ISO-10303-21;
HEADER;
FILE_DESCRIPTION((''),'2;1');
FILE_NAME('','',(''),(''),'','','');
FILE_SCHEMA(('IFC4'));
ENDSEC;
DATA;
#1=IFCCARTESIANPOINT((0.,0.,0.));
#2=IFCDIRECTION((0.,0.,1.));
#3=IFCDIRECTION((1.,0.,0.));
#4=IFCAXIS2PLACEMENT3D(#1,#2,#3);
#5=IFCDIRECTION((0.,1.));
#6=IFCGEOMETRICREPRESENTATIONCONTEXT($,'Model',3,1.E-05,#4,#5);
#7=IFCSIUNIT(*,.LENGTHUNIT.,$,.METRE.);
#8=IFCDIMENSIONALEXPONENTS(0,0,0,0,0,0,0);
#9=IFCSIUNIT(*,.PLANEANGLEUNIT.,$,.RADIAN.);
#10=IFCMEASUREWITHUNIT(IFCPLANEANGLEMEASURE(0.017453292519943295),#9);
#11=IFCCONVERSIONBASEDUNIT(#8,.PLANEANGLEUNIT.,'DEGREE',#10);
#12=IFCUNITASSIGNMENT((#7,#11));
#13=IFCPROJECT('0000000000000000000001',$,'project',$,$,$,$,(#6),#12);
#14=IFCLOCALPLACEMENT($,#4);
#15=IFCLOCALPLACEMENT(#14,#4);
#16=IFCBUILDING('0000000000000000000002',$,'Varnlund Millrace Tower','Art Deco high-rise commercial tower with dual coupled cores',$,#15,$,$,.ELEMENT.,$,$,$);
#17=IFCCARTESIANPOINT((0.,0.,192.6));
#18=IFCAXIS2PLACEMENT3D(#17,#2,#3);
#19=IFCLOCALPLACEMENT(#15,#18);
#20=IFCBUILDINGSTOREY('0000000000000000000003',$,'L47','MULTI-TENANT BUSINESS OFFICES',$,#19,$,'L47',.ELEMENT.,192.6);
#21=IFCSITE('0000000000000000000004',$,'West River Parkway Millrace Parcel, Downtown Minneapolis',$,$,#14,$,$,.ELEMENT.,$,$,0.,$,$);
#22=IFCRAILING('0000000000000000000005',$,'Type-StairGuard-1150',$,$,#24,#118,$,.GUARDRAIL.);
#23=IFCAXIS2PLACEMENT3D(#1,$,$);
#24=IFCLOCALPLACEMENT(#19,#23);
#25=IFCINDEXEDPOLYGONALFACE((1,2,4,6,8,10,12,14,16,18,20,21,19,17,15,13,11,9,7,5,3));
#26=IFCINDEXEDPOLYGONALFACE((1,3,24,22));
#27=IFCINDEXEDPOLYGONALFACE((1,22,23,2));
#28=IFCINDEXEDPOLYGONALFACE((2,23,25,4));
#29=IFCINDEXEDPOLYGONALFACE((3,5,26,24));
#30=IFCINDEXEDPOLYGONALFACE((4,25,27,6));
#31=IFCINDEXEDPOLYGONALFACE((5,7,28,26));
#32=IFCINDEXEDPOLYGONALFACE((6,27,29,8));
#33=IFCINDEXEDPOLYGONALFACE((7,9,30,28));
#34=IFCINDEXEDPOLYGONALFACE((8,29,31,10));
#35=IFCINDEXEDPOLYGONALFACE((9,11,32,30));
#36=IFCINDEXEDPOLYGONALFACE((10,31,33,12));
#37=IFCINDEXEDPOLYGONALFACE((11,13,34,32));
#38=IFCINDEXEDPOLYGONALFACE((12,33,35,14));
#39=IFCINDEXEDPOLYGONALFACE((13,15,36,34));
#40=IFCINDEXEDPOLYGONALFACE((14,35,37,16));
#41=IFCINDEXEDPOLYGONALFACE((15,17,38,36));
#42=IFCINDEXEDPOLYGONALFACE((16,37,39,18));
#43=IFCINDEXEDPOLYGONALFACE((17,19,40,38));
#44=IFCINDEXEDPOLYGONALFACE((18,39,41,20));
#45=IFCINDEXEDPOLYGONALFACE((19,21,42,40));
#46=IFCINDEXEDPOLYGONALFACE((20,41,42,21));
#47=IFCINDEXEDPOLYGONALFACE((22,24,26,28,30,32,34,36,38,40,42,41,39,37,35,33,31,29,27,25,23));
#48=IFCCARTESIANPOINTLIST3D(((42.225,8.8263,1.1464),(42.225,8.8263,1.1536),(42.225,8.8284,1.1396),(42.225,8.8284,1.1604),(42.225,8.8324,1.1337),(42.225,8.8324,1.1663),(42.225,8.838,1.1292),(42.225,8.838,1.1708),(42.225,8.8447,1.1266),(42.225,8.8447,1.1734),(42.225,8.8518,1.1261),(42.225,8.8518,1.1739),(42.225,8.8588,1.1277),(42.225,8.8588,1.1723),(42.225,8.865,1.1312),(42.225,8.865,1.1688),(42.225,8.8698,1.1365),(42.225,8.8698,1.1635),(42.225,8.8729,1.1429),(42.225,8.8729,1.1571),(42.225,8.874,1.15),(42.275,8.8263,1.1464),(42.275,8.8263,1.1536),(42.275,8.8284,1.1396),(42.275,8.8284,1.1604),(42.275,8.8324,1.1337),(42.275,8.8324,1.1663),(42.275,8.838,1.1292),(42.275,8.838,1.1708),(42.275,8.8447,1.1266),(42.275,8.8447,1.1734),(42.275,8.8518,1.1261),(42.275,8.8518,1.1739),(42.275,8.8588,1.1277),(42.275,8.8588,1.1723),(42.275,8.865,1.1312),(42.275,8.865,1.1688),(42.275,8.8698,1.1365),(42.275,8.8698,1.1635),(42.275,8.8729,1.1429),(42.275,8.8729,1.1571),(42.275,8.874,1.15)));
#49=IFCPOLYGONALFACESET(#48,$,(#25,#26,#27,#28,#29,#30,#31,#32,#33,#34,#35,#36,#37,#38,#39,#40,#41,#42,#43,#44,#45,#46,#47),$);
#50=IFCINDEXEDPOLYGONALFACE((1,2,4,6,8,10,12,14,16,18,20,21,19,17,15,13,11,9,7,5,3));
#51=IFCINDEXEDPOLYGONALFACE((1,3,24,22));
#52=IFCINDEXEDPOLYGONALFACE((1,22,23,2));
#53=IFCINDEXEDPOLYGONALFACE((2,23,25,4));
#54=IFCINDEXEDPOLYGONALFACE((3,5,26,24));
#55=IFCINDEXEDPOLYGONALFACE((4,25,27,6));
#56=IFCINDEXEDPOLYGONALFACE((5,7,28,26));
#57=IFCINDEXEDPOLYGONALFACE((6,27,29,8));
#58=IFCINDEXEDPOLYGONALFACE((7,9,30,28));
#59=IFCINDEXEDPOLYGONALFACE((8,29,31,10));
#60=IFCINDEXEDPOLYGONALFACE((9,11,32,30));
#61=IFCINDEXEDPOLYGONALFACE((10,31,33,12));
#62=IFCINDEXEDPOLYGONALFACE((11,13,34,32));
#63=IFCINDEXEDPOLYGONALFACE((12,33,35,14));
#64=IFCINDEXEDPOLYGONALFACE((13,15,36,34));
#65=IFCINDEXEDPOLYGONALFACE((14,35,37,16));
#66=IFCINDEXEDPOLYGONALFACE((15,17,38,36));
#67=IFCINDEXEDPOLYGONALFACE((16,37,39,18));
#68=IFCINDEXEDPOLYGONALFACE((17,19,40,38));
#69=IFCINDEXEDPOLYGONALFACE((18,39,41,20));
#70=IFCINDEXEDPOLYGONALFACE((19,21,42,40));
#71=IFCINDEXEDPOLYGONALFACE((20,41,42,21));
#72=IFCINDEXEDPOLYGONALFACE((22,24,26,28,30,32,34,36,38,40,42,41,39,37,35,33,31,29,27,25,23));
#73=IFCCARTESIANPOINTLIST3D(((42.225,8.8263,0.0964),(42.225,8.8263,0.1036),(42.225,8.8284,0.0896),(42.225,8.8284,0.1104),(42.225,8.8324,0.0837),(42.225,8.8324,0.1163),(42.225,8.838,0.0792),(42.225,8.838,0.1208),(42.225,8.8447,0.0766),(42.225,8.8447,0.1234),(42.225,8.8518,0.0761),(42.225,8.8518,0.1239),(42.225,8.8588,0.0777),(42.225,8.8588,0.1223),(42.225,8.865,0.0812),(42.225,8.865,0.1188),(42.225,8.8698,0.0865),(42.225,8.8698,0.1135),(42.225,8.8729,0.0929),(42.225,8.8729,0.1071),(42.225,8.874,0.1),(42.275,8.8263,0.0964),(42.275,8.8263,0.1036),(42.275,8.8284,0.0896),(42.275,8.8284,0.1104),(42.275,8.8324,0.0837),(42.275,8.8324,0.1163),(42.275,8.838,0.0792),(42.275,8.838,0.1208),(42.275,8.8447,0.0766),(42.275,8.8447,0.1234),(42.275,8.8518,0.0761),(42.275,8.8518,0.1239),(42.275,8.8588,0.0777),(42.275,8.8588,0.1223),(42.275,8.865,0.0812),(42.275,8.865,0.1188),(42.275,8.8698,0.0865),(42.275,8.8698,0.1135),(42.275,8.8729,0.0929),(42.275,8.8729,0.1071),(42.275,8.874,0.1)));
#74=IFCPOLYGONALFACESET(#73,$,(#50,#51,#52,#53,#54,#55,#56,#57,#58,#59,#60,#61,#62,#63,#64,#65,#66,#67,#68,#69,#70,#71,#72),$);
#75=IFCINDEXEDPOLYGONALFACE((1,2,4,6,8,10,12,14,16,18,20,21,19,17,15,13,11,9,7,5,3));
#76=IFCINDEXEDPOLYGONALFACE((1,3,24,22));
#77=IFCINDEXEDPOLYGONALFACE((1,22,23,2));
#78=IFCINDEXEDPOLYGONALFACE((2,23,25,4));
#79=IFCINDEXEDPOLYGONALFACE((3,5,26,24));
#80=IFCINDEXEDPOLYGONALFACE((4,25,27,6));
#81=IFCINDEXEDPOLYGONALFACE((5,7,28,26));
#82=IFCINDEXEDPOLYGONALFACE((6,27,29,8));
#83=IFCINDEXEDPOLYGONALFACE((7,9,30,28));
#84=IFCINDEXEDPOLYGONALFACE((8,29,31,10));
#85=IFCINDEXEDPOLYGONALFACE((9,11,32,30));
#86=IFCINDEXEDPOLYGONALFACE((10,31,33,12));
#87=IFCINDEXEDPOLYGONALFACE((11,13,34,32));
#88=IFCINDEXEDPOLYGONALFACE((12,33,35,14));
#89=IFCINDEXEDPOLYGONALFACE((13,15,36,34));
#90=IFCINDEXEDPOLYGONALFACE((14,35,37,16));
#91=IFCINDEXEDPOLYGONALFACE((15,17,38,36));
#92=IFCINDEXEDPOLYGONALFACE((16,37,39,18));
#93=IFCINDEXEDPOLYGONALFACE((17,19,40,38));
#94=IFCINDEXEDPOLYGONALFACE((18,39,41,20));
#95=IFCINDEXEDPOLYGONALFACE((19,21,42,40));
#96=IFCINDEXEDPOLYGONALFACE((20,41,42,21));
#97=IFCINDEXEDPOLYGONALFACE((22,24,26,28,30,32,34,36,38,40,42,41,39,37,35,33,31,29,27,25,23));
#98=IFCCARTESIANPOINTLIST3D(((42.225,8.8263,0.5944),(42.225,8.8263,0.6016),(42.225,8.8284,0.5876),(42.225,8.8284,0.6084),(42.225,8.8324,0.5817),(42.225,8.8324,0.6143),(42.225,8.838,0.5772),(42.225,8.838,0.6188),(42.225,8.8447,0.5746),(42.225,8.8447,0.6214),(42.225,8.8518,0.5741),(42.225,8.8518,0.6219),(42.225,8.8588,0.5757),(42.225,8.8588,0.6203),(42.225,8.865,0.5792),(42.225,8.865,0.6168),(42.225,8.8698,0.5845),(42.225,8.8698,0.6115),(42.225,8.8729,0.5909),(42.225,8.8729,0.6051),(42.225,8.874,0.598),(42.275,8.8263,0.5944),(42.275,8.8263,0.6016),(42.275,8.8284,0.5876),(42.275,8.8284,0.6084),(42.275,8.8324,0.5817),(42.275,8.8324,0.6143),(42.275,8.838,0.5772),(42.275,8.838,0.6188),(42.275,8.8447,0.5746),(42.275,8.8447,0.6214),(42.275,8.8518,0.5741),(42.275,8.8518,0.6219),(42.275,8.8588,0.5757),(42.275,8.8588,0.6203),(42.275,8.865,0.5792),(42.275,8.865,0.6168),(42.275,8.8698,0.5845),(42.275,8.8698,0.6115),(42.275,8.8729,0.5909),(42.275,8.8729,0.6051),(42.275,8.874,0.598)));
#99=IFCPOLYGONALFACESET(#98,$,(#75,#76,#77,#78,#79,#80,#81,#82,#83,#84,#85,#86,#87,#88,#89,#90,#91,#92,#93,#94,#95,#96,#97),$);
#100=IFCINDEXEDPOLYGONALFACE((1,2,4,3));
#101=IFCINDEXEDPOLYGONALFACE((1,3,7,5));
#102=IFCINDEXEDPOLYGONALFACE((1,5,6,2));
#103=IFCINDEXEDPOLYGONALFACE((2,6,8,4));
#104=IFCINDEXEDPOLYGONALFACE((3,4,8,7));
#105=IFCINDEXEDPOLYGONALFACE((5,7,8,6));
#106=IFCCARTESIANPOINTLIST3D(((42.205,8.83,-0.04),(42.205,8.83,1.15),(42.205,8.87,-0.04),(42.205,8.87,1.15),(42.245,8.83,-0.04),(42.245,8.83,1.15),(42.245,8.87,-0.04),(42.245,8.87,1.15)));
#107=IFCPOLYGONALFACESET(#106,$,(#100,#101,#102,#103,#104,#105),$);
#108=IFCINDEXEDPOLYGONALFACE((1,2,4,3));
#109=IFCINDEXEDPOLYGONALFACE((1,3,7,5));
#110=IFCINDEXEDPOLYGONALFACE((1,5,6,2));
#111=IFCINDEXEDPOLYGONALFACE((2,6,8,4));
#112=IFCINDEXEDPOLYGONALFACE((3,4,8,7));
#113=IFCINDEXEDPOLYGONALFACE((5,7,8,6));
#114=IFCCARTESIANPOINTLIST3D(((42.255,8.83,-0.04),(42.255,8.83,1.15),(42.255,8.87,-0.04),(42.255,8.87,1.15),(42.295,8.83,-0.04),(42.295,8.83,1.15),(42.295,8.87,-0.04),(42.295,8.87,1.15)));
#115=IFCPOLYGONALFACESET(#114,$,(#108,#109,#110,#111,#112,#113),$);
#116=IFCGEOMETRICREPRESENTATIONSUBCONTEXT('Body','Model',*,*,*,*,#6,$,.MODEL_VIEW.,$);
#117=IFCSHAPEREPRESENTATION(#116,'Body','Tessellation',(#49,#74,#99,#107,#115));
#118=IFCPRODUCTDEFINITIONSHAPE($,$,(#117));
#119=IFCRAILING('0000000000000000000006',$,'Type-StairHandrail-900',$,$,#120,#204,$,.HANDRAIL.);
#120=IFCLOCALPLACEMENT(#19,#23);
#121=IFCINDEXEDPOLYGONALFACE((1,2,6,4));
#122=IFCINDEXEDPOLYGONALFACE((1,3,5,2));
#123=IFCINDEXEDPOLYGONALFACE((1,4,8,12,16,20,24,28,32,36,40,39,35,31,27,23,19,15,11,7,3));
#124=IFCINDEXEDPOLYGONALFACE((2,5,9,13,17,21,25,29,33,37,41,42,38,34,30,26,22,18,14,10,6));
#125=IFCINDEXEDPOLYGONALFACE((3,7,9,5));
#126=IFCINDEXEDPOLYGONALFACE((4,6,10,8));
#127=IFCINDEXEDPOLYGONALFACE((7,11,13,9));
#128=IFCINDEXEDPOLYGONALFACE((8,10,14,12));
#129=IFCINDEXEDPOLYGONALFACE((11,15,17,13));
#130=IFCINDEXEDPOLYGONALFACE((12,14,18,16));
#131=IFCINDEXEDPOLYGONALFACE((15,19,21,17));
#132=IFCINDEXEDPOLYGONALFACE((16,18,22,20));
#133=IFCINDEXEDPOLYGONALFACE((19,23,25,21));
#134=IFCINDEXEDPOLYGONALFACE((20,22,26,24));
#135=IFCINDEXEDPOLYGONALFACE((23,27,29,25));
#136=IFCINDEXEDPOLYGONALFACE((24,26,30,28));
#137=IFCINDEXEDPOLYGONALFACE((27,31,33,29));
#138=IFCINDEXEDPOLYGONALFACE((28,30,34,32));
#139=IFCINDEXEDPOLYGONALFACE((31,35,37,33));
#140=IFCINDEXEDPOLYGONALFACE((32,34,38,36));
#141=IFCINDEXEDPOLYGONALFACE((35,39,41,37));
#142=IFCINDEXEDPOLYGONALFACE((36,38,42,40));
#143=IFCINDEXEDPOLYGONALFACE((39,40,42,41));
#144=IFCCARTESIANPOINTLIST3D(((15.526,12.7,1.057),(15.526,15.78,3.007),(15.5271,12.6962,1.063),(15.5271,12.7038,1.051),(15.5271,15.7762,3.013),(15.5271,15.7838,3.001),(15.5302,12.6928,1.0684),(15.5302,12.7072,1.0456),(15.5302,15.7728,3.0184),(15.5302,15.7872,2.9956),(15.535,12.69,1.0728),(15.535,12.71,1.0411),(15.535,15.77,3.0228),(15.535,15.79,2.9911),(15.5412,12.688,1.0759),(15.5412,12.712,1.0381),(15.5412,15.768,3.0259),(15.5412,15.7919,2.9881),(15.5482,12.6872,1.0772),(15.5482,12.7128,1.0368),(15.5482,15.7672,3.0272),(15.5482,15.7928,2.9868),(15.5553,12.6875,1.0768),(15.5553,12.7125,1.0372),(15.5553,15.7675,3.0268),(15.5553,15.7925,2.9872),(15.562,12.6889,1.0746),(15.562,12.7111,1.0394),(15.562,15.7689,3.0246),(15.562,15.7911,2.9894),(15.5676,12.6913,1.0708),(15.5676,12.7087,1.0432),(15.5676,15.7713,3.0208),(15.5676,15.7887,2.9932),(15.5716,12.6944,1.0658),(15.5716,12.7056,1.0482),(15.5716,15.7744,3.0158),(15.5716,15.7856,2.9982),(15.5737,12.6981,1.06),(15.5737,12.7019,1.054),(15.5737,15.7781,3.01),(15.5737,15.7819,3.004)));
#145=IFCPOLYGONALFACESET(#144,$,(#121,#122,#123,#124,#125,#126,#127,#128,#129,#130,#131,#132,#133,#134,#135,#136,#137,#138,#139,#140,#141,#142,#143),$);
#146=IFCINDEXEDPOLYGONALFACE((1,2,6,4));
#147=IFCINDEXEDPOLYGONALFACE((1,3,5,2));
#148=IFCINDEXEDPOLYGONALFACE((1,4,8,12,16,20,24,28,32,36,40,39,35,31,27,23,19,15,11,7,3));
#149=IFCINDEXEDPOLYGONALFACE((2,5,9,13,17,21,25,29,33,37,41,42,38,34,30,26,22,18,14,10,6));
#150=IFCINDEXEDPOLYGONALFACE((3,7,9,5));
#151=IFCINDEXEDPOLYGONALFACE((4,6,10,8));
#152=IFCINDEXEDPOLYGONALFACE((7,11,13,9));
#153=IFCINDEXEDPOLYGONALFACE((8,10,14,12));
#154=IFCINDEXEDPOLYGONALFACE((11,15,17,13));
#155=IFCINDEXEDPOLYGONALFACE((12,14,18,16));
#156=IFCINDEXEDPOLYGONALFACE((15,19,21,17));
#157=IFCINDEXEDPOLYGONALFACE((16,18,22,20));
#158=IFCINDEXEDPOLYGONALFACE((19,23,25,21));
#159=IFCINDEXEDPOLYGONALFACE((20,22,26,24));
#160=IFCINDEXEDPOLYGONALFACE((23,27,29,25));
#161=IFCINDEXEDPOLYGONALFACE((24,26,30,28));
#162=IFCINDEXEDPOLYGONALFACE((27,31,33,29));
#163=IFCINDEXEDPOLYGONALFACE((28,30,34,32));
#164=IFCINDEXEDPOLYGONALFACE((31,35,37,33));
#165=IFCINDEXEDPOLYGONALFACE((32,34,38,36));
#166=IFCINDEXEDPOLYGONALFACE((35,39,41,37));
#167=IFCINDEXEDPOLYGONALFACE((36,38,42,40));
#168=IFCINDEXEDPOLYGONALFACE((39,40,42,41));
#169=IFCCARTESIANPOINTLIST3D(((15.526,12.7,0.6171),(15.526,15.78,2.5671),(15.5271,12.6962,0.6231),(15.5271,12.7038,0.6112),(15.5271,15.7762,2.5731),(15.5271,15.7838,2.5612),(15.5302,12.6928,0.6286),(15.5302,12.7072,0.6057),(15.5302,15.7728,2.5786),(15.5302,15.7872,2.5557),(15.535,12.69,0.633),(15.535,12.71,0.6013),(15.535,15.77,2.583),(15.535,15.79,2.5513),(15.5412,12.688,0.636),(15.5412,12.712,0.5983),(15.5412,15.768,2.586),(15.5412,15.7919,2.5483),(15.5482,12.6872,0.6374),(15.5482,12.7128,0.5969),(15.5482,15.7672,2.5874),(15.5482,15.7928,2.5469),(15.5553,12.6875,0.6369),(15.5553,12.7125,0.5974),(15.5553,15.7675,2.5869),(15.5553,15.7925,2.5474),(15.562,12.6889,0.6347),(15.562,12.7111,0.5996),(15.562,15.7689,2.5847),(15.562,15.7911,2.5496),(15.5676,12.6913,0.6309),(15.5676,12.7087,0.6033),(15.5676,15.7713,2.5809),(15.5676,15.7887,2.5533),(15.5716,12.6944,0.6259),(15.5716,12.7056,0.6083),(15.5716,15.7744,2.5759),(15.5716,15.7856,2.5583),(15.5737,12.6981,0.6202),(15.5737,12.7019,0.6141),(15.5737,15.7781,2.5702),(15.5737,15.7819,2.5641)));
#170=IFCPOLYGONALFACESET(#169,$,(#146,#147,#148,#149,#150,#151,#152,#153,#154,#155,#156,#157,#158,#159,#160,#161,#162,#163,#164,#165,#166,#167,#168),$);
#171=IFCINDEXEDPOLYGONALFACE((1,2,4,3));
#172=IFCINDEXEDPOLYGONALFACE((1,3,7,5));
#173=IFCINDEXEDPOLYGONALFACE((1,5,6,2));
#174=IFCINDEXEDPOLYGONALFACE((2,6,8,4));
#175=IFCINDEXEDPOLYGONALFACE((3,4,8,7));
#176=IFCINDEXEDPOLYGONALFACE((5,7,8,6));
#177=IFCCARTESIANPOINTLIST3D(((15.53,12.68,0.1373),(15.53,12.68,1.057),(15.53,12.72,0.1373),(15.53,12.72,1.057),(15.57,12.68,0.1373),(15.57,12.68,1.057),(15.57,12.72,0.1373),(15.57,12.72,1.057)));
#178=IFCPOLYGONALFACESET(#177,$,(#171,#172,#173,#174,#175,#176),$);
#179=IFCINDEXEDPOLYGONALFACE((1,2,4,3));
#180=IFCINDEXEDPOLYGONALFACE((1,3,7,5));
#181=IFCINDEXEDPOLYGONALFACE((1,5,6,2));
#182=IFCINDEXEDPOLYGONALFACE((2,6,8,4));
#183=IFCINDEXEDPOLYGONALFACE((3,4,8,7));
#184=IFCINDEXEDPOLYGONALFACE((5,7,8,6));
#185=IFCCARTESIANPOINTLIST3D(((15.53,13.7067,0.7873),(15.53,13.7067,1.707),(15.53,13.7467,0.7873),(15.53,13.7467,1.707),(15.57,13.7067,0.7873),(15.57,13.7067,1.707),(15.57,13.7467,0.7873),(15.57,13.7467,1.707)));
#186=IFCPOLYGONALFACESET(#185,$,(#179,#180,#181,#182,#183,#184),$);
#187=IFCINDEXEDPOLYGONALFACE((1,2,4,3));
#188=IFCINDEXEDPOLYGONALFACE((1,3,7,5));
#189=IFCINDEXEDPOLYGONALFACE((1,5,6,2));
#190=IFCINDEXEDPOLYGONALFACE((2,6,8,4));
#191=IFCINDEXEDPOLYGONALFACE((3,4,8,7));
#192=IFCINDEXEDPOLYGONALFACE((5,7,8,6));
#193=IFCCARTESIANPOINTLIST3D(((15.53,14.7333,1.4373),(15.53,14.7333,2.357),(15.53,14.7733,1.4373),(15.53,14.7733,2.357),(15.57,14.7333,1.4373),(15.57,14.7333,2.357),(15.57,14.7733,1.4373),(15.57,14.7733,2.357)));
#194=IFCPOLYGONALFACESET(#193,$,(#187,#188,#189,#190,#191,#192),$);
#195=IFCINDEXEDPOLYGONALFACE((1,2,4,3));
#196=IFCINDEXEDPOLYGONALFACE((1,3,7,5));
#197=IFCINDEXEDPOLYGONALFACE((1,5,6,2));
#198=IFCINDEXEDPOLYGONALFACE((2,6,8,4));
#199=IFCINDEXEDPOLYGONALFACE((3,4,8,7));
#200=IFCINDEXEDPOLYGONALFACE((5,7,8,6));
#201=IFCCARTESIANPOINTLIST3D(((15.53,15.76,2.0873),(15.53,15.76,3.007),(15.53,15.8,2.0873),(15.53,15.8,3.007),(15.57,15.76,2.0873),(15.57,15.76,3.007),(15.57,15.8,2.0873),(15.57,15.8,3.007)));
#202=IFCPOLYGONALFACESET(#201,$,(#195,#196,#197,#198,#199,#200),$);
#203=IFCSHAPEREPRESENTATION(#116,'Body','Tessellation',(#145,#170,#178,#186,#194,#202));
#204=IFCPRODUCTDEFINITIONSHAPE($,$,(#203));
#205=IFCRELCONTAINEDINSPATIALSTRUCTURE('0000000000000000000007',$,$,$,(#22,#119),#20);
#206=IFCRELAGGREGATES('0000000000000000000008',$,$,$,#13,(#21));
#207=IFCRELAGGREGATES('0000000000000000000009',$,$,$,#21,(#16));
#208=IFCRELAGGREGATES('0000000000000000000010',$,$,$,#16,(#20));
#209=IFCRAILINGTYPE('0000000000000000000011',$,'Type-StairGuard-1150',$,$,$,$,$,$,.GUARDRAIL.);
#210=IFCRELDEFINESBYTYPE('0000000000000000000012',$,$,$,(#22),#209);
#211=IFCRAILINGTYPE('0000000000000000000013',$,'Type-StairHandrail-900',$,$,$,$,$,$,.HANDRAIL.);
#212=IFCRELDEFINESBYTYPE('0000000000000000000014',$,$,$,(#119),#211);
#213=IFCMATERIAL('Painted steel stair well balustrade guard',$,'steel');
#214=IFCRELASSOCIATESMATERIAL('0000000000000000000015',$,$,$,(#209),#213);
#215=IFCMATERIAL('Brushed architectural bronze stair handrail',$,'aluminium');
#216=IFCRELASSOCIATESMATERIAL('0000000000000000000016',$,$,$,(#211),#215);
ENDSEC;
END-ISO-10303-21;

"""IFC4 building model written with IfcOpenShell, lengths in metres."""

from ifc_helpers import new_model, entity, si_unit, converted_unit, direction, frame, origin_with_axes, origin_2d_with_axis, place, context, subcontext, project, spatial, rectangle, circle, extrude, material, type_object, element, save


model = new_model("IFC4")

# Units and contexts
model_context = context("Model", 3, precision=1e-05, world=origin_with_axes(), true_north=direction((0.0, 1.0)))
body_context = subcontext(model_context, "Body", "Model", "MODEL_VIEW")
ifc_project = project(units=[si_unit("LENGTHUNIT", "METRE"), converted_unit("PLANEANGLEUNIT", "DEGREE", entity("IfcPlaneAngleMeasure", 0.017453292519943295), si_unit("PLANEANGLEUNIT", "RADIAN"), dimensions=[0, 0, 0, 0, 0, 0, 0])], contexts=[model_context])

# Site, building, storey
site_placement = place(None, origin_with_axes())
site = spatial("IfcSite", under=ifc_project, at=site_placement, Name="West River Parkway Millrace Parcel, Downtown Minneapolis", CompositionType="ELEMENT", RefElevation=0.0)
building_placement = place(site_placement, origin_with_axes())
building = spatial("IfcBuilding", under=site, at=building_placement, Name="Varnlund Millrace Tower", Description="Art Deco high-rise commercial tower with dual coupled cores", CompositionType="ELEMENT")
storey_placement = place(building_placement, frame((0.0, 0.0, 192.6), z_axis=(0.0, 0.0, 1.0), x_axis=(1.0, 0.0, 0.0)))
storey = spatial("IfcBuildingStorey", under=building, at=storey_placement, Name="L47", Description="MULTI-TENANT BUSINESS OFFICES", LongName="L47", CompositionType="ELEMENT", Elevation=192.6)

# Railings
ifc_material_1 = material(Name="Painted steel stair well balustrade guard", Category="steel")
railing_type_1 = type_object("IfcRailingType", Name="Type-StairGuard-1150", PredefinedType="GUARDRAIL", material=ifc_material_1)
railing_1_placement = place(storey_placement, frame((0.0, 0.0, -192.6), z_axis=(0.0, 0.0, 1.0), x_axis=(1.0, 0.0, 0.0)))
element("IfcRailing", 1, at=railing_1_placement, inside=storey, type_object=railing_type_1, Name="Type-StairGuard-1150", PredefinedType="GUARDRAIL", context=body_context, shape_type="SweptSolid", body=[
    extrude(circle(Radius=0.024, at=origin_2d_with_axis()), frame((42.225, 8.85, 193.75), z_axis=(1.0, 0.0, 0.0), x_axis=(0.0, 1.0, 0.0)), (0.0, 0.0, 1.0), 0.05),
    extrude(circle(Radius=0.024, at=origin_2d_with_axis()), frame((42.225, 8.85, 192.7), z_axis=(1.0, 0.0, 0.0), x_axis=(0.0, 1.0, 0.0)), (0.0, 0.0, 1.0), 0.05),
    extrude(circle(Radius=0.024, at=origin_2d_with_axis()), frame((42.225, 8.85, 193.198), z_axis=(1.0, 0.0, 0.0), x_axis=(0.0, 1.0, 0.0)), (0.0, 0.0, 1.0), 0.05),
    extrude(rectangle(XDim=0.04, YDim=0.04, at=origin_2d_with_axis()), frame((42.225, 8.85, 192.56), z_axis=(0.0, 0.0, 1.0), x_axis=(1.0, 0.0, 0.0)), (0.0, 0.0, 1.0), 1.19),
    extrude(rectangle(XDim=0.04, YDim=0.04, at=origin_2d_with_axis()), frame((42.275, 8.85, 192.56), z_axis=(0.0, 0.0, 1.0), x_axis=(1.0, 0.0, 0.0)), (0.0, 0.0, 1.0), 1.19),
])
ifc_material_2 = material(Name="Brushed architectural bronze stair handrail", Category="aluminium")
railing_type_2 = type_object("IfcRailingType", Name="Type-StairHandrail-900", PredefinedType="HANDRAIL", material=ifc_material_2)
railing_2_placement = place(storey_placement, frame((0.0, 0.0, -192.6), z_axis=(0.0, 0.0, 1.0), x_axis=(1.0, 0.0, 0.0)))
element("IfcRailing", 2, at=railing_2_placement, inside=storey, type_object=railing_type_2, Name="Type-StairHandrail-900", PredefinedType="HANDRAIL", context=body_context, shape_type="SweptSolid", body=[
    extrude(circle(Radius=0.024, at=origin_2d_with_axis()), frame((15.55, 12.7, 193.657), z_axis=(0.0, 0.844902, 0.534922), x_axis=(-1.0, 0.0, 0.0)), (0.0, 0.0, 1.0), 3.6454),
    extrude(circle(Radius=0.024, at=origin_2d_with_axis()), frame((15.55, 12.7, 193.2171), z_axis=(0.0, 0.844902, 0.534922), x_axis=(-1.0, 0.0, 0.0)), (0.0, 0.0, 1.0), 3.6454),
    extrude(rectangle(XDim=0.04, YDim=0.04, at=origin_2d_with_axis()), frame((15.55, 12.7, 192.7373), z_axis=(0.0, 0.0, 1.0), x_axis=(1.0, 0.0, 0.0)), (0.0, 0.0, 1.0), 0.9197),
    extrude(rectangle(XDim=0.04, YDim=0.04, at=origin_2d_with_axis()), frame((15.55, 13.7267, 193.3873), z_axis=(0.0, 0.0, 1.0), x_axis=(1.0, 0.0, 0.0)), (0.0, 0.0, 1.0), 0.9197),
    extrude(rectangle(XDim=0.04, YDim=0.04, at=origin_2d_with_axis()), frame((15.55, 14.7533, 194.0373), z_axis=(0.0, 0.0, 1.0), x_axis=(1.0, 0.0, 0.0)), (0.0, 0.0, 1.0), 0.9197),
    extrude(rectangle(XDim=0.04, YDim=0.04, at=origin_2d_with_axis()), frame((15.55, 15.78, 194.6873), z_axis=(0.0, 0.0, 1.0), x_axis=(1.0, 0.0, 0.0)), (0.0, 0.0, 1.0), 0.9197),
])

save(model, "model.ifc")
